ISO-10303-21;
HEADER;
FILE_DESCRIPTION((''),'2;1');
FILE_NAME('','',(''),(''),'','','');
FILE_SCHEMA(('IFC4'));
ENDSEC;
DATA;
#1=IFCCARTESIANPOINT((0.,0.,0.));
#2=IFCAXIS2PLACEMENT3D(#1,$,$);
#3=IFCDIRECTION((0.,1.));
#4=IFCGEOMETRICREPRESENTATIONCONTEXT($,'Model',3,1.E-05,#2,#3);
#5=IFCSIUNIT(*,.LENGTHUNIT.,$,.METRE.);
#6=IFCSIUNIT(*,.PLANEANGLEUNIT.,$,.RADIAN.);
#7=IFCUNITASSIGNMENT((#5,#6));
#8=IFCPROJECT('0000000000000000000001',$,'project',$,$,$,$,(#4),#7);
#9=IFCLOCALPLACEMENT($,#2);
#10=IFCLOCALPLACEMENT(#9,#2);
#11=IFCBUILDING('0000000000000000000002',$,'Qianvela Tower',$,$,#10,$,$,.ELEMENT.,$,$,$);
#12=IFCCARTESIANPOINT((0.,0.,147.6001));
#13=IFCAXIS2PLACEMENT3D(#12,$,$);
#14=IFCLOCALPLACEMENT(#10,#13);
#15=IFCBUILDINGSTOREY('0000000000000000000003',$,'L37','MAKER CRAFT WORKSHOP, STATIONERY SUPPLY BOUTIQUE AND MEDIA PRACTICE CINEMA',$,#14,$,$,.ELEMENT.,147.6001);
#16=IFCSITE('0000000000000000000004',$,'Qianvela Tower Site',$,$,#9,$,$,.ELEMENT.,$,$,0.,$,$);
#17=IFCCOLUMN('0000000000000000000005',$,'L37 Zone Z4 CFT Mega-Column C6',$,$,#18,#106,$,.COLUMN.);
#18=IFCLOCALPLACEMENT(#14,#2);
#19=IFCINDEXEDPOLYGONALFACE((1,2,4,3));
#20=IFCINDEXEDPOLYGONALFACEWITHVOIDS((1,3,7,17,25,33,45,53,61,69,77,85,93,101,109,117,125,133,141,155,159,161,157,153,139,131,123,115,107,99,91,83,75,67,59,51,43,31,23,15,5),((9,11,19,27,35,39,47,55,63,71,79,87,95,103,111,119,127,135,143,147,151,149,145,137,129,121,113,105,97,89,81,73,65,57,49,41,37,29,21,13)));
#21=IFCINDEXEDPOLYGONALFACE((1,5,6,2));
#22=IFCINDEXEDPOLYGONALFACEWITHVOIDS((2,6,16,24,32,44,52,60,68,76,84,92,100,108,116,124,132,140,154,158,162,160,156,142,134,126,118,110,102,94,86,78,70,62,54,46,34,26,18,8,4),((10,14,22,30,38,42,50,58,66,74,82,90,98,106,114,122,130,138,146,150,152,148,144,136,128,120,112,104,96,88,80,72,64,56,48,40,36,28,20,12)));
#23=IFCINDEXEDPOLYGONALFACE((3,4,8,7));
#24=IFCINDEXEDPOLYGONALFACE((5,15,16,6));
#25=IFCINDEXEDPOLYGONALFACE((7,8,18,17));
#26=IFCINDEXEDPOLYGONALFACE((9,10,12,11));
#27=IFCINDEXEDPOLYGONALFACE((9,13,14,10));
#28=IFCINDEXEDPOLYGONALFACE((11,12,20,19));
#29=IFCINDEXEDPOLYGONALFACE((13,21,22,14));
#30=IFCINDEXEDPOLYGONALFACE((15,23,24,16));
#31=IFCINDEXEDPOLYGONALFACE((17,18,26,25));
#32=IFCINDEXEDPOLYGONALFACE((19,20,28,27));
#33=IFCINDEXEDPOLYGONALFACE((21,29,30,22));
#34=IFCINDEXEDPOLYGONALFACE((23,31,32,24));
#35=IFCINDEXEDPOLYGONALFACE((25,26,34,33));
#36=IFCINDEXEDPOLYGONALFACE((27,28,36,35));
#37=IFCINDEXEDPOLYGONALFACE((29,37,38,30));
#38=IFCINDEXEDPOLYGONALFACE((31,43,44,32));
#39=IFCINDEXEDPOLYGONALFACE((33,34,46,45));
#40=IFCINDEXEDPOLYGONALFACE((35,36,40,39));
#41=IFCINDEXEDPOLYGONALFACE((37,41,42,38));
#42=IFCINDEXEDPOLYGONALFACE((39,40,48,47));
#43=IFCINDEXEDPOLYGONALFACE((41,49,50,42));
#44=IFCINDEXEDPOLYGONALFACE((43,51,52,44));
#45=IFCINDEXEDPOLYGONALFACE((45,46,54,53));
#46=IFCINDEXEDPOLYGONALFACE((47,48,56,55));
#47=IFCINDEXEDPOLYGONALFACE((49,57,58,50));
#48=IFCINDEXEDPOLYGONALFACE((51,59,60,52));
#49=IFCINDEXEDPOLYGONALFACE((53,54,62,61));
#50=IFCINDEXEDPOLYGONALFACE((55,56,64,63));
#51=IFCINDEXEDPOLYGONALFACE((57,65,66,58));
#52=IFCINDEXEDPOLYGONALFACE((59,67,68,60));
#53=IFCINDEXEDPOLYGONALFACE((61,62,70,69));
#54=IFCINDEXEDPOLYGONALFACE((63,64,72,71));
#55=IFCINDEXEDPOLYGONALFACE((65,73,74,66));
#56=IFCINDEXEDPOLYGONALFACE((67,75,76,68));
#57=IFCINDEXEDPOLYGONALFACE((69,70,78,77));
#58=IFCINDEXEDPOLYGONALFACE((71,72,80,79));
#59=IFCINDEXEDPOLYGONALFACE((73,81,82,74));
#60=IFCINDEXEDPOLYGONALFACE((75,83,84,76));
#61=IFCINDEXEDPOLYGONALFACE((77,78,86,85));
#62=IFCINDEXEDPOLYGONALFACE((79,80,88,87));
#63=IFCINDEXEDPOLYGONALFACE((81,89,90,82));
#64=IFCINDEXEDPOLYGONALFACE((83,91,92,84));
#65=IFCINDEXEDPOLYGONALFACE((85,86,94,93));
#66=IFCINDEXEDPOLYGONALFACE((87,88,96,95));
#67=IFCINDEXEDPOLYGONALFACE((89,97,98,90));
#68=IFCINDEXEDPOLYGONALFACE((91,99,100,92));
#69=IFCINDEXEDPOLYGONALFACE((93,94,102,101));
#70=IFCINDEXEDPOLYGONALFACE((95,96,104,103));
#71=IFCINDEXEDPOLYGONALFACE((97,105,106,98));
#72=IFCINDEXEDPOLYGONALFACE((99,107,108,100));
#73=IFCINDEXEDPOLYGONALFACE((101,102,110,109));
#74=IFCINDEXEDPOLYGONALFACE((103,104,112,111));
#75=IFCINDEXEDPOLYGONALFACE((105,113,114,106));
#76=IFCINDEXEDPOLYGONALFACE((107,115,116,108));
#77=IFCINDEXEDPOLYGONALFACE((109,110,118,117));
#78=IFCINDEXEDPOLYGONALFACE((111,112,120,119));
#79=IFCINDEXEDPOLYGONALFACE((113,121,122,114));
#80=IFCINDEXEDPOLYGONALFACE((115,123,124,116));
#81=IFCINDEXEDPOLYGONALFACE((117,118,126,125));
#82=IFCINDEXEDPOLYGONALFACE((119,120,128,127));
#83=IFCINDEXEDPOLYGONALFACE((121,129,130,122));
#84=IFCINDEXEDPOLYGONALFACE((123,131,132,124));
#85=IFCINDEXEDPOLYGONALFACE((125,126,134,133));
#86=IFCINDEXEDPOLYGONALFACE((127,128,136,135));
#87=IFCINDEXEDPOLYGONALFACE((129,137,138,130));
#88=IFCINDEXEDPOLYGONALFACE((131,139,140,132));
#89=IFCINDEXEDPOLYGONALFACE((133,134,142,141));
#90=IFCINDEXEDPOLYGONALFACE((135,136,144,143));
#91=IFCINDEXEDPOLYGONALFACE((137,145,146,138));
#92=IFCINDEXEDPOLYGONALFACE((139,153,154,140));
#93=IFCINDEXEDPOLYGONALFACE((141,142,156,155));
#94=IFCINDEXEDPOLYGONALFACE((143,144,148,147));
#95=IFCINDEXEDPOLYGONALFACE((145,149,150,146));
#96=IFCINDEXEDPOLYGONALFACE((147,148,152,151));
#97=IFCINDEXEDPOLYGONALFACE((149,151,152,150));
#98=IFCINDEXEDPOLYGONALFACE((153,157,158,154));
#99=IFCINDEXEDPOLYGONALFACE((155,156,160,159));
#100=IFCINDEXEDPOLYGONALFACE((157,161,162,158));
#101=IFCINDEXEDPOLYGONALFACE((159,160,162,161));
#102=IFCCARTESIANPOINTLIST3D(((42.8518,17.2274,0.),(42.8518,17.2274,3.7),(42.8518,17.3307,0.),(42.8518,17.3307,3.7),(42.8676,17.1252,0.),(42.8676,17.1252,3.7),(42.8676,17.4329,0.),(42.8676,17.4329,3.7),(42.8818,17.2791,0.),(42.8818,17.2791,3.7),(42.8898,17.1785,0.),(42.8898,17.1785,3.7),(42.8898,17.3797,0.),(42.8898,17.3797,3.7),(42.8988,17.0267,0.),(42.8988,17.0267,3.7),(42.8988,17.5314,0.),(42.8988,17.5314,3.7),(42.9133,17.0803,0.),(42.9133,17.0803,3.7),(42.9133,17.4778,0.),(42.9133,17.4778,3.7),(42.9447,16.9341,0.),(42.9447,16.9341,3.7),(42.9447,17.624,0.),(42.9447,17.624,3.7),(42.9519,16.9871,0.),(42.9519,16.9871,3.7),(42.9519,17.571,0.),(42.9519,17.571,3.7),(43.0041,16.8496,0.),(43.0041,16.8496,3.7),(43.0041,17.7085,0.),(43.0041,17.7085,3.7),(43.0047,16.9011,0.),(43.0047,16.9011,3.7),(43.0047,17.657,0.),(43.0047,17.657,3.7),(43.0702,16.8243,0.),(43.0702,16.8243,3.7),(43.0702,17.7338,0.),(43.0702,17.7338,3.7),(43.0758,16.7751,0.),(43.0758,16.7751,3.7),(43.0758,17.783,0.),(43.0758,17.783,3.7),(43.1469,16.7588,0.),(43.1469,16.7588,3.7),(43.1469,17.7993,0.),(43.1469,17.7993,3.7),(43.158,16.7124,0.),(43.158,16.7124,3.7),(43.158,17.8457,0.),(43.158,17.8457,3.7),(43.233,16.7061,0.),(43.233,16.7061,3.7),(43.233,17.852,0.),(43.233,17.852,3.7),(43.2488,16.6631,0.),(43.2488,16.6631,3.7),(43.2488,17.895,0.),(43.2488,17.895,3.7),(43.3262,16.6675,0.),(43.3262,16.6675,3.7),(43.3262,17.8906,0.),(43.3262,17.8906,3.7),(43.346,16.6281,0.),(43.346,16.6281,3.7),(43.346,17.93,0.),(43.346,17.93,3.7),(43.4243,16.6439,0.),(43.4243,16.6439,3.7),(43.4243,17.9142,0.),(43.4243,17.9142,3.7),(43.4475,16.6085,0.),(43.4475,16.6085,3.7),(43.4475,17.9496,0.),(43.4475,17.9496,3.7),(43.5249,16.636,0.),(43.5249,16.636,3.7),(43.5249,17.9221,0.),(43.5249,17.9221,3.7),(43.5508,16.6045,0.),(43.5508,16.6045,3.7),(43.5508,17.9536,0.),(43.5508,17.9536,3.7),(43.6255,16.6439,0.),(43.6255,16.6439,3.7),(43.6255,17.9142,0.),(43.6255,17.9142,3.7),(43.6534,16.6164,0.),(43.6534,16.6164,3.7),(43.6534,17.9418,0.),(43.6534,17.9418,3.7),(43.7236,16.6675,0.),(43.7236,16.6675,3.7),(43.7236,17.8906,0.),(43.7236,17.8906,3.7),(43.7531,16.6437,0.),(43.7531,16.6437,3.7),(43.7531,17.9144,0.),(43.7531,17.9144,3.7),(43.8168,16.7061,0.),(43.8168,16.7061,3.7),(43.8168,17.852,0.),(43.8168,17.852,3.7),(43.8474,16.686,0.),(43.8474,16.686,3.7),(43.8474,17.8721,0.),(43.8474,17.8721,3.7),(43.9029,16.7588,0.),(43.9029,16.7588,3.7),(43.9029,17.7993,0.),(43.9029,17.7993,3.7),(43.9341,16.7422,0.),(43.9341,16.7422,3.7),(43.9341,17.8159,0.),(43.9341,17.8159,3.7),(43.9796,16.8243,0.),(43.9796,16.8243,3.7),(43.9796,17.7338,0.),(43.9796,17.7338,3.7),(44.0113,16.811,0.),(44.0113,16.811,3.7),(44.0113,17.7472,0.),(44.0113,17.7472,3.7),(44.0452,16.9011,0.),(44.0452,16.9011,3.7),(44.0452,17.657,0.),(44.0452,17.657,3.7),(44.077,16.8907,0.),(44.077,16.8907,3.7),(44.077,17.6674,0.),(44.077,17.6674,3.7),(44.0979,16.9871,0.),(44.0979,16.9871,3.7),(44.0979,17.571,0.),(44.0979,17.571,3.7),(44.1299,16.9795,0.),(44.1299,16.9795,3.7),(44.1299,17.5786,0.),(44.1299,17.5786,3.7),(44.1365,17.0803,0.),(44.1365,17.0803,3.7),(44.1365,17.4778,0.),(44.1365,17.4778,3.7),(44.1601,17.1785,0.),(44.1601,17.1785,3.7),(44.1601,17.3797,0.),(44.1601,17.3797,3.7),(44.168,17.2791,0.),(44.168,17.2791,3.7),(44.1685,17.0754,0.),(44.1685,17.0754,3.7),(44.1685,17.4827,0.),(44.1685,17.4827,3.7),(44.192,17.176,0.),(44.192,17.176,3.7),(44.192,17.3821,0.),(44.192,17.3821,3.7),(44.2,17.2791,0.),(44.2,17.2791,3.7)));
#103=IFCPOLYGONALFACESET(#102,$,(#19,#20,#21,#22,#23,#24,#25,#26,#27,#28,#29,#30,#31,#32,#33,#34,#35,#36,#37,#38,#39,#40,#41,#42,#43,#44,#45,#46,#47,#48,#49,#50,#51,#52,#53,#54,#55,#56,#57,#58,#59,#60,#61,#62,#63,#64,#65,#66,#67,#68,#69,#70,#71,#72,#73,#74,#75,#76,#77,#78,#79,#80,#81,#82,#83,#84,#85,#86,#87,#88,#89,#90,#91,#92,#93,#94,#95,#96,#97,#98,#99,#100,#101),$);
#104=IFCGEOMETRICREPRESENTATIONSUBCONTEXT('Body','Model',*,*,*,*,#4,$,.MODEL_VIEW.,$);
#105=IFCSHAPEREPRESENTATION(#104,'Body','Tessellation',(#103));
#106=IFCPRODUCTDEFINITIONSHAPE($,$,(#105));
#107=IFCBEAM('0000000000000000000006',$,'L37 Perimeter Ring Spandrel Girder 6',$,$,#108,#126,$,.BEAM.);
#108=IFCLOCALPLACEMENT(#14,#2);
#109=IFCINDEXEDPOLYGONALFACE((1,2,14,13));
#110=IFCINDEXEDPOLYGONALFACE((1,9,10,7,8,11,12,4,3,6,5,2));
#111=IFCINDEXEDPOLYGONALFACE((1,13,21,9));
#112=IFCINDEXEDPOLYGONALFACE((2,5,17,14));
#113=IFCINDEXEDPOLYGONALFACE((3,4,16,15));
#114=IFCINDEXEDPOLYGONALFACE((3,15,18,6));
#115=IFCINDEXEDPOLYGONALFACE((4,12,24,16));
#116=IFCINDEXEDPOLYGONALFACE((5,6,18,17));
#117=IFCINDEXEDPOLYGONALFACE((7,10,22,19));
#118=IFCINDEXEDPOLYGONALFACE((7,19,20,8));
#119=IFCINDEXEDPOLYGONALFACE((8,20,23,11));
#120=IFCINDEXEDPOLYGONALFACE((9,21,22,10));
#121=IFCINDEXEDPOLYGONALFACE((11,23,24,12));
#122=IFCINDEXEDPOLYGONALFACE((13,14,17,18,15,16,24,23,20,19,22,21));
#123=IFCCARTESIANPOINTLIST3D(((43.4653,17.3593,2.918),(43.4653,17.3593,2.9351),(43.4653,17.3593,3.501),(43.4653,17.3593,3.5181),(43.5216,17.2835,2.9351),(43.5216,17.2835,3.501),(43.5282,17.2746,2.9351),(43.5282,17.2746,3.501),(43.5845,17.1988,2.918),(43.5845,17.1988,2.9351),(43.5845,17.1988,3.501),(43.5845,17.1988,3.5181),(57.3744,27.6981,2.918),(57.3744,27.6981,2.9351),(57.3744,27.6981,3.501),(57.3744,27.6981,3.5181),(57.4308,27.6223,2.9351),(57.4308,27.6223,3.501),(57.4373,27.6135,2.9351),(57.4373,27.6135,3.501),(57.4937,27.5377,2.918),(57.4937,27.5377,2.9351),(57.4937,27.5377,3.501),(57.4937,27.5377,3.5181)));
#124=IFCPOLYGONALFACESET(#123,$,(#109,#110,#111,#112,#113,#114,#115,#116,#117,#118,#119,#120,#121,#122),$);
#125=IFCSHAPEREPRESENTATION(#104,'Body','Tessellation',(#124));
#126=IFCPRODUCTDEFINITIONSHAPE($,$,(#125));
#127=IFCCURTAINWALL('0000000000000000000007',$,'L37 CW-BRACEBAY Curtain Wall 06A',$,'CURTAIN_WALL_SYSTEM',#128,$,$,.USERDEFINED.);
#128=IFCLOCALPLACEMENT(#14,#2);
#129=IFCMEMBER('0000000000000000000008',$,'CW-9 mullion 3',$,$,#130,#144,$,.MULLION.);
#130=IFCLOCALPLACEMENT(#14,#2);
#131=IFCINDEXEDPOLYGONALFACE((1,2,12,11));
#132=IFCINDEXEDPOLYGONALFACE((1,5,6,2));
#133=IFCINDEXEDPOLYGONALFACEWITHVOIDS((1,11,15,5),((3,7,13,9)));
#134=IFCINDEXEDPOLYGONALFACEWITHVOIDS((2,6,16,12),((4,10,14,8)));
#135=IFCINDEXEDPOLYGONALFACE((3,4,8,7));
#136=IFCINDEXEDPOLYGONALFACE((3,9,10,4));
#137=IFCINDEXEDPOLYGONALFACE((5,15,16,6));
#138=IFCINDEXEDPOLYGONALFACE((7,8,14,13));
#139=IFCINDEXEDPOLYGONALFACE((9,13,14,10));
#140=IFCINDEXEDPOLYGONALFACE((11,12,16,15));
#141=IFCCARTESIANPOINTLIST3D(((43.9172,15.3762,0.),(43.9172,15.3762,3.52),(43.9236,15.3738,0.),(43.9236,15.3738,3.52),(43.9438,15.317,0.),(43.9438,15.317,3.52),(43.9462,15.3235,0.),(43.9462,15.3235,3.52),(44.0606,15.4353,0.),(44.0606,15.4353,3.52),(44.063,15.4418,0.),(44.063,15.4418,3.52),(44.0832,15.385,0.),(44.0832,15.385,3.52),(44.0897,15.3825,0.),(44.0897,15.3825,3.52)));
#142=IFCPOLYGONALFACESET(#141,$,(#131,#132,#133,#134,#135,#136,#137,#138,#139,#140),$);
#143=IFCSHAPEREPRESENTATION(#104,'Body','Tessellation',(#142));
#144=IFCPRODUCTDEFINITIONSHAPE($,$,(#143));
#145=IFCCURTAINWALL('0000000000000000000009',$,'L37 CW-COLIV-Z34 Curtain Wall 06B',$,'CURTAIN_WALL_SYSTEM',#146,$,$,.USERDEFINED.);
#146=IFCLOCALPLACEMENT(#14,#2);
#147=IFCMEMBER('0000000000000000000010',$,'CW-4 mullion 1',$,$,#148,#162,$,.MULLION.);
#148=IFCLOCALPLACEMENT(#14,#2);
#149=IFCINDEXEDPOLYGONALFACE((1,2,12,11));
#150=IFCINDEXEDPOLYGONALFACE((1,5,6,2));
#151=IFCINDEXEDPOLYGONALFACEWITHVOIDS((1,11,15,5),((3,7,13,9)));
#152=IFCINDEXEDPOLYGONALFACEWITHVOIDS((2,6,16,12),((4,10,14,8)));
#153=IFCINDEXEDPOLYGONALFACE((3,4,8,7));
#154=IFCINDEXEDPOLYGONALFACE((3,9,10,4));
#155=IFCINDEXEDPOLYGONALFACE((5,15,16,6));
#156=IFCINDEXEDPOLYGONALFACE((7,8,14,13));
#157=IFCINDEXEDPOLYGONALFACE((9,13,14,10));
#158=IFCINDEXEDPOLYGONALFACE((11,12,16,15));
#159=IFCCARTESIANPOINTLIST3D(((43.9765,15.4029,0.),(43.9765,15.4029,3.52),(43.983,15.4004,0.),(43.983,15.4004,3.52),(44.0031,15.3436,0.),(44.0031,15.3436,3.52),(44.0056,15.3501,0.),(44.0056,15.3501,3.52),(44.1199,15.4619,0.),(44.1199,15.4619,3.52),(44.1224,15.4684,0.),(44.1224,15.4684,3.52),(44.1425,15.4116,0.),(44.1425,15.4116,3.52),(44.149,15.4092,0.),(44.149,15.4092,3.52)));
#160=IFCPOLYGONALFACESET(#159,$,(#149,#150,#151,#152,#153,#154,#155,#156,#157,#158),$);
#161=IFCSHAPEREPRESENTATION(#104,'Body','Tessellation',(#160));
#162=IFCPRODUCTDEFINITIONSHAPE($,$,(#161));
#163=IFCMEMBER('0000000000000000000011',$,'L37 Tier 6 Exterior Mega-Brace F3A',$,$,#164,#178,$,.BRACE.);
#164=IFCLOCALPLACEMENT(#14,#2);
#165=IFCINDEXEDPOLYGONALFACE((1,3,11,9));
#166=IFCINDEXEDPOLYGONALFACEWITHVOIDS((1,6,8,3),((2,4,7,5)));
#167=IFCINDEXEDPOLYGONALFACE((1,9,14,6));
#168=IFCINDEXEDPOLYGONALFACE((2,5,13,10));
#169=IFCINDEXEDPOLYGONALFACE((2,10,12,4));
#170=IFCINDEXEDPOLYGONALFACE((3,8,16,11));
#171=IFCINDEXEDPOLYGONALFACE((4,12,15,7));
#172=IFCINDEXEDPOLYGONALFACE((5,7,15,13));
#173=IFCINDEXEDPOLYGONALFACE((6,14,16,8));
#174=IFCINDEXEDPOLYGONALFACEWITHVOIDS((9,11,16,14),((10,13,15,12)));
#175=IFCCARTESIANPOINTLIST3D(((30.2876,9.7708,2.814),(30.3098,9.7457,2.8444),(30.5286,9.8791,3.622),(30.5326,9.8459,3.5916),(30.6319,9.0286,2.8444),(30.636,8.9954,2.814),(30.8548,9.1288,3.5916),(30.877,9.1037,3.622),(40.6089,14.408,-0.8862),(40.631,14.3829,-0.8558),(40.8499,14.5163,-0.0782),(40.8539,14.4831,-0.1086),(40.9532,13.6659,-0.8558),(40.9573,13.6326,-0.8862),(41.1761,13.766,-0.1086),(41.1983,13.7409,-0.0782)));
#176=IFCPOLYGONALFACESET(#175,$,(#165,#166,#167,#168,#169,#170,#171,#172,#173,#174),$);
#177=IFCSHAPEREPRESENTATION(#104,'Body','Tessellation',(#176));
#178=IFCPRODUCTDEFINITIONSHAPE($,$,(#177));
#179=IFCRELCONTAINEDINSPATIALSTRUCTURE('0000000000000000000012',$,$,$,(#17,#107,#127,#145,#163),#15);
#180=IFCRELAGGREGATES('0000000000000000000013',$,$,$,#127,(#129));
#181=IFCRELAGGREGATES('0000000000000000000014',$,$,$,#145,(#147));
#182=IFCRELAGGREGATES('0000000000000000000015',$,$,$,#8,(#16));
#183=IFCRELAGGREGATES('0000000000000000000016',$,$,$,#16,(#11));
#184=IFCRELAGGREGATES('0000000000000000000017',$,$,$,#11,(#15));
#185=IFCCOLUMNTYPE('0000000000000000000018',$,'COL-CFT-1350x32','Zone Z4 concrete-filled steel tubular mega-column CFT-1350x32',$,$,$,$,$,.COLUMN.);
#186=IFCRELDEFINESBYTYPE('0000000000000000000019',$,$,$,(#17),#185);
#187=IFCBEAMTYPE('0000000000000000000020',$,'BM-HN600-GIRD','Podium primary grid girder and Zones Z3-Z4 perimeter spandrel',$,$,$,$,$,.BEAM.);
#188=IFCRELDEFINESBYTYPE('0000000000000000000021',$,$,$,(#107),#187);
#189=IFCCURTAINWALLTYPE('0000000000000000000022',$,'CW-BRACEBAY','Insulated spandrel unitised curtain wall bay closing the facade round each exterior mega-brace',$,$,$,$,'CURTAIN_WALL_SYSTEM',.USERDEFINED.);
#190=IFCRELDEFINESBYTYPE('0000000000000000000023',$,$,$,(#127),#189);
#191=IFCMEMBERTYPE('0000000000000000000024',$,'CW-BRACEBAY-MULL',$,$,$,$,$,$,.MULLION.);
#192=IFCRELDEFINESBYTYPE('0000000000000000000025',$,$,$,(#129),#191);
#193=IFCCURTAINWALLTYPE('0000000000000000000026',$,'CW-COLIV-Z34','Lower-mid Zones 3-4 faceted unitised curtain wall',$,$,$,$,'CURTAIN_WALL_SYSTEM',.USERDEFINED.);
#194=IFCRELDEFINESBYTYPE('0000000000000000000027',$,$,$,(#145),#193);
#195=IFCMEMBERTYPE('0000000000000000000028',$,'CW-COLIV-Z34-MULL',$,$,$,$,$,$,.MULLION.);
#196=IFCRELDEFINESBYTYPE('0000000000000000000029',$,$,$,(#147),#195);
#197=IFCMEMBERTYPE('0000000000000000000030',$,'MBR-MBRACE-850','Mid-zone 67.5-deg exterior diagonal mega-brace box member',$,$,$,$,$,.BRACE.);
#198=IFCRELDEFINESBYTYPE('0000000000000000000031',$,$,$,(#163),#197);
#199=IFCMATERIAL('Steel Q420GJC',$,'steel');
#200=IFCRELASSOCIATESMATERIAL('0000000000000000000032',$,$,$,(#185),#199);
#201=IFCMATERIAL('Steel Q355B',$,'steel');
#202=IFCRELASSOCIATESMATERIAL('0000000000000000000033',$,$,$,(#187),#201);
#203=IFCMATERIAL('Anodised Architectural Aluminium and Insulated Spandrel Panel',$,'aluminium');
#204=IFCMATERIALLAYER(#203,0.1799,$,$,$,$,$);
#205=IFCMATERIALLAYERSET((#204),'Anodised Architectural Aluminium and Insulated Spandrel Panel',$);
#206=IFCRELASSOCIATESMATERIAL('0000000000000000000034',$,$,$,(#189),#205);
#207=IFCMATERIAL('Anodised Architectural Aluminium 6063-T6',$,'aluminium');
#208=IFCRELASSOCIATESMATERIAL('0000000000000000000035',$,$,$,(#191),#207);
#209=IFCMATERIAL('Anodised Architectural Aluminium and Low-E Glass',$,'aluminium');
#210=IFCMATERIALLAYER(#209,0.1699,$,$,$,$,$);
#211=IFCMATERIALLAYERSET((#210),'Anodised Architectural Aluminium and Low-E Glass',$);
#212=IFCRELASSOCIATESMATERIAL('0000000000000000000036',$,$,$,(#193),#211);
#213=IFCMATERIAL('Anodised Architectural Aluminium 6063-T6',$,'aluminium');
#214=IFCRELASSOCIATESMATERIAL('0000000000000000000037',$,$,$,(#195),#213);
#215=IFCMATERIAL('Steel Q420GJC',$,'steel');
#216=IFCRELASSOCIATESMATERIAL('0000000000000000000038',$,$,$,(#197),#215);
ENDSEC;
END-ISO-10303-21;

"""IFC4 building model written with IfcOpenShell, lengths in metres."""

from ifc_helpers import new_model, si_unit, direction, frame, origin, origin_2d, place, context, subcontext, project, spatial, hollow_rectangle, hollow_circle, i_section, extrude, material, layer, layer_set, material_profile, profile_set, type_object, element, aggregate, save


model = new_model("IFC4")

# Units and contexts
model_context = context("Model", 3, precision=1e-05, world=origin(), true_north=direction((0.0, 1.0)))
body_context = subcontext(model_context, "Body", "Model", "MODEL_VIEW")
ifc_project = project(units=[si_unit("LENGTHUNIT", "METRE"), si_unit("PLANEANGLEUNIT", "RADIAN")], contexts=[model_context])

# Site, building, storey
site_placement = place(None, origin())
site = spatial("IfcSite", under=ifc_project, at=site_placement, Name="Qianvela Tower Site", CompositionType="ELEMENT", RefElevation=0.0)
building_placement = place(site_placement, origin())
building = spatial("IfcBuilding", under=site, at=building_placement, Name="Qianvela Tower", CompositionType="ELEMENT")
storey_placement = place(building_placement, frame((0.0, 0.0, 147.6001)))
storey = spatial("IfcBuildingStorey", under=building, at=storey_placement, Name="L37", Description="MAKER CRAFT WORKSHOP, STATIONERY SUPPLY BOUTIQUE AND MEDIA PRACTICE CINEMA", CompositionType="ELEMENT", Elevation=147.6001)

# Column
ifc_material_1 = material(Name="Steel Q420GJC", Category="steel")
ifc_material_profile_1 = material_profile(ifc_material_1, hollow_circle(Radius=0.675, WallThickness=0.032, at=origin_2d()), Name="CFT-1350x32")
ifc_profile_set_1 = profile_set([ifc_material_profile_1], Name="Steel Q420GJC")
column_type = type_object("IfcColumnType", Name="COL-CFT-1350x32", Description="Zone Z4 concrete-filled steel tubular mega-column CFT-1350x32", PredefinedType="COLUMN", material=ifc_profile_set_1)
column_placement = place(storey_placement, frame((43.5249, 17.2791, 0.0), z_axis=(0.0, 0.0, 1.0), x_axis=(1.0, 0.0, 0.0)))
element("IfcColumn", 1, at=column_placement, inside=storey, type_object=column_type, Name="L37 Zone Z4 CFT Mega-Column C6", PredefinedType="COLUMN", context=body_context, shape_type="SweptSolid", body=[
    extrude(hollow_circle(Radius=0.675, WallThickness=0.032, at=origin_2d()), origin(), (0.0, 0.0, 1.0), 3.7),
])

# Beam
ifc_material_2 = material(Name="Steel Q355B", Category="steel")
ifc_material_profile_2 = material_profile(ifc_material_2, i_section(OverallWidth=0.2, OverallDepth=0.6001, WebThickness=0.011, FlangeThickness=0.0171, at=origin_2d()), Name="HN600x200x11x17")
ifc_profile_set_2 = profile_set([ifc_material_profile_2], Name="Steel Q355B")
beam_type = type_object("IfcBeamType", Name="BM-HN600-GIRD", Description="Podium primary grid girder and Zones Z3-Z4 perimeter spandrel", PredefinedType="BEAM", material=ifc_profile_set_2)
beam_placement = place(storey_placement, frame((43.5249, 17.2791, 3.218), z_axis=(0.802569, 0.596559, 0.0), x_axis=(-0.596559, 0.802569, 0.0)))
element("IfcBeam", 2, at=beam_placement, inside=storey, type_object=beam_type, Name="L37 Perimeter Ring Spandrel Girder 6", PredefinedType="BEAM", context=body_context, shape_type="SweptSolid", body=[
    extrude(i_section(OverallWidth=0.2, OverallDepth=0.6001, WebThickness=0.011, FlangeThickness=0.0171, at=origin_2d()), origin(), (0.0, 0.0, 1.0), 17.3308),
])

# Curtain walls, members
ifc_material_3 = material(Name="Anodised Architectural Aluminium and Insulated Spandrel Panel", Category="aluminium")
ifc_layer_1 = layer(ifc_material_3, 0.1799)
ifc_layer_set_1 = layer_set([ifc_layer_1], Name="Anodised Architectural Aluminium and Insulated Spandrel Panel")
curtain_wall_type_1 = type_object("IfcCurtainWallType", Name="CW-BRACEBAY", Description="Insulated spandrel unitised curtain wall bay closing the facade round each exterior mega-brace", ElementType="CURTAIN_WALL_SYSTEM", PredefinedType="USERDEFINED", material=ifc_layer_set_1)
curtain_wall_1_placement = place(storey_placement, origin())
curtain_wall_1 = element("IfcCurtainWall", 3, at=curtain_wall_1_placement, inside=storey, type_object=curtain_wall_type_1, Name="L37 CW-BRACEBAY Curtain Wall 06A", ObjectType="CURTAIN_WALL_SYSTEM", PredefinedType="USERDEFINED")
ifc_material_4 = material(Name="Anodised Architectural Aluminium 6063-T6", Category="aluminium")
ifc_material_profile_3 = material_profile(ifc_material_4, hollow_rectangle(XDim=0.0649, YDim=0.1599, WallThickness=0.0049, at=origin_2d()), Name="ALU-MULL-65x160")
ifc_profile_set_3 = profile_set([ifc_material_profile_3], Name="Anodised Architectural Aluminium 6063-T6")
member_type_1 = type_object("IfcMemberType", Name="CW-BRACEBAY-MULL", PredefinedType="MULLION", material=ifc_profile_set_3)
member_1_placement = place(storey_placement, frame((44.0034, 15.3794, 0.0), z_axis=(0.0, 0.0, 1.0), x_axis=(-0.409813, 0.91217, 0.0)))
member_1 = element("IfcMember", 4, at=member_1_placement, type_object=member_type_1, Name="CW-9 mullion 3", PredefinedType="MULLION", context=body_context, shape_type="SweptSolid", body=[
    extrude(hollow_rectangle(XDim=0.0649, YDim=0.1599, WallThickness=0.0049, at=origin_2d()), origin(), (0.0, 0.0, 1.0), 3.52),
])
aggregate(curtain_wall_1, [member_1])
ifc_material_5 = material(Name="Anodised Architectural Aluminium and Low-E Glass", Category="aluminium")
ifc_layer_2 = layer(ifc_material_5, 0.1699)
ifc_layer_set_2 = layer_set([ifc_layer_2], Name="Anodised Architectural Aluminium and Low-E Glass")
curtain_wall_type_2 = type_object("IfcCurtainWallType", Name="CW-COLIV-Z34", Description="Lower-mid Zones 3-4 faceted unitised curtain wall", ElementType="CURTAIN_WALL_SYSTEM", PredefinedType="USERDEFINED", material=ifc_layer_set_2)
curtain_wall_2_placement = place(storey_placement, origin())
curtain_wall_2 = element("IfcCurtainWall", 5, at=curtain_wall_2_placement, inside=storey, type_object=curtain_wall_type_2, Name="L37 CW-COLIV-Z34 Curtain Wall 06B", ObjectType="CURTAIN_WALL_SYSTEM", PredefinedType="USERDEFINED")
ifc_material_6 = material(Name="Anodised Architectural Aluminium 6063-T6", Category="aluminium")
ifc_material_profile_4 = material_profile(ifc_material_6, hollow_rectangle(XDim=0.0649, YDim=0.1599, WallThickness=0.0049, at=origin_2d()), Name="ALU-MULL-65x160")
ifc_profile_set_4 = profile_set([ifc_material_profile_4], Name="Anodised Architectural Aluminium 6063-T6")
member_type_2 = type_object("IfcMemberType", Name="CW-COLIV-Z34-MULL", PredefinedType="MULLION", material=ifc_profile_set_4)
member_2_placement = place(storey_placement, frame((44.0627, 15.406, 0.0), z_axis=(0.0, 0.0, 1.0), x_axis=(-0.409811, 0.912171, 0.0)))
member_2 = element("IfcMember", 6, at=member_2_placement, type_object=member_type_2, Name="CW-4 mullion 1", PredefinedType="MULLION", context=body_context, shape_type="SweptSolid", body=[
    extrude(hollow_rectangle(XDim=0.0649, YDim=0.1599, WallThickness=0.0049, at=origin_2d()), origin(), (0.0, 0.0, 1.0), 3.52),
])
aggregate(curtain_wall_2, [member_2])

# Member
ifc_material_7 = material(Name="Steel Q420GJC", Category="steel")
ifc_material_profile_5 = material_profile(ifc_material_7, hollow_rectangle(XDim=0.8501, YDim=0.8501, WallThickness=0.032, at=origin_2d()), Name="MBOX-850x850x32")
ifc_profile_set_5 = profile_set([ifc_material_profile_5], Name="Steel Q420GJC")
member_type_3 = type_object("IfcMemberType", Name="MBR-MBRACE-850", Description="Mid-zone 67.5-deg exterior diagonal mega-brace box member", PredefinedType="BRACE", material=ifc_profile_set_5)
member_3_placement = place(storey_placement, frame((40.9036, 14.0745, -0.4822), z_axis=(-0.866986, -0.389524, 0.310816), x_axis=(0.409823, -0.912165, 0.0)))
element("IfcMember", 7, at=member_3_placement, inside=storey, type_object=member_type_3, Name="L37 Tier 6 Exterior Mega-Brace F3A", PredefinedType="BRACE", context=body_context, shape_type="SweptSolid", body=[
    extrude(hollow_rectangle(XDim=0.8501, YDim=0.8501, WallThickness=0.032, at=origin_2d()), origin(), (0.0, 0.0, 1.0), 11.9048),
])

save(model, "model.ifc")
